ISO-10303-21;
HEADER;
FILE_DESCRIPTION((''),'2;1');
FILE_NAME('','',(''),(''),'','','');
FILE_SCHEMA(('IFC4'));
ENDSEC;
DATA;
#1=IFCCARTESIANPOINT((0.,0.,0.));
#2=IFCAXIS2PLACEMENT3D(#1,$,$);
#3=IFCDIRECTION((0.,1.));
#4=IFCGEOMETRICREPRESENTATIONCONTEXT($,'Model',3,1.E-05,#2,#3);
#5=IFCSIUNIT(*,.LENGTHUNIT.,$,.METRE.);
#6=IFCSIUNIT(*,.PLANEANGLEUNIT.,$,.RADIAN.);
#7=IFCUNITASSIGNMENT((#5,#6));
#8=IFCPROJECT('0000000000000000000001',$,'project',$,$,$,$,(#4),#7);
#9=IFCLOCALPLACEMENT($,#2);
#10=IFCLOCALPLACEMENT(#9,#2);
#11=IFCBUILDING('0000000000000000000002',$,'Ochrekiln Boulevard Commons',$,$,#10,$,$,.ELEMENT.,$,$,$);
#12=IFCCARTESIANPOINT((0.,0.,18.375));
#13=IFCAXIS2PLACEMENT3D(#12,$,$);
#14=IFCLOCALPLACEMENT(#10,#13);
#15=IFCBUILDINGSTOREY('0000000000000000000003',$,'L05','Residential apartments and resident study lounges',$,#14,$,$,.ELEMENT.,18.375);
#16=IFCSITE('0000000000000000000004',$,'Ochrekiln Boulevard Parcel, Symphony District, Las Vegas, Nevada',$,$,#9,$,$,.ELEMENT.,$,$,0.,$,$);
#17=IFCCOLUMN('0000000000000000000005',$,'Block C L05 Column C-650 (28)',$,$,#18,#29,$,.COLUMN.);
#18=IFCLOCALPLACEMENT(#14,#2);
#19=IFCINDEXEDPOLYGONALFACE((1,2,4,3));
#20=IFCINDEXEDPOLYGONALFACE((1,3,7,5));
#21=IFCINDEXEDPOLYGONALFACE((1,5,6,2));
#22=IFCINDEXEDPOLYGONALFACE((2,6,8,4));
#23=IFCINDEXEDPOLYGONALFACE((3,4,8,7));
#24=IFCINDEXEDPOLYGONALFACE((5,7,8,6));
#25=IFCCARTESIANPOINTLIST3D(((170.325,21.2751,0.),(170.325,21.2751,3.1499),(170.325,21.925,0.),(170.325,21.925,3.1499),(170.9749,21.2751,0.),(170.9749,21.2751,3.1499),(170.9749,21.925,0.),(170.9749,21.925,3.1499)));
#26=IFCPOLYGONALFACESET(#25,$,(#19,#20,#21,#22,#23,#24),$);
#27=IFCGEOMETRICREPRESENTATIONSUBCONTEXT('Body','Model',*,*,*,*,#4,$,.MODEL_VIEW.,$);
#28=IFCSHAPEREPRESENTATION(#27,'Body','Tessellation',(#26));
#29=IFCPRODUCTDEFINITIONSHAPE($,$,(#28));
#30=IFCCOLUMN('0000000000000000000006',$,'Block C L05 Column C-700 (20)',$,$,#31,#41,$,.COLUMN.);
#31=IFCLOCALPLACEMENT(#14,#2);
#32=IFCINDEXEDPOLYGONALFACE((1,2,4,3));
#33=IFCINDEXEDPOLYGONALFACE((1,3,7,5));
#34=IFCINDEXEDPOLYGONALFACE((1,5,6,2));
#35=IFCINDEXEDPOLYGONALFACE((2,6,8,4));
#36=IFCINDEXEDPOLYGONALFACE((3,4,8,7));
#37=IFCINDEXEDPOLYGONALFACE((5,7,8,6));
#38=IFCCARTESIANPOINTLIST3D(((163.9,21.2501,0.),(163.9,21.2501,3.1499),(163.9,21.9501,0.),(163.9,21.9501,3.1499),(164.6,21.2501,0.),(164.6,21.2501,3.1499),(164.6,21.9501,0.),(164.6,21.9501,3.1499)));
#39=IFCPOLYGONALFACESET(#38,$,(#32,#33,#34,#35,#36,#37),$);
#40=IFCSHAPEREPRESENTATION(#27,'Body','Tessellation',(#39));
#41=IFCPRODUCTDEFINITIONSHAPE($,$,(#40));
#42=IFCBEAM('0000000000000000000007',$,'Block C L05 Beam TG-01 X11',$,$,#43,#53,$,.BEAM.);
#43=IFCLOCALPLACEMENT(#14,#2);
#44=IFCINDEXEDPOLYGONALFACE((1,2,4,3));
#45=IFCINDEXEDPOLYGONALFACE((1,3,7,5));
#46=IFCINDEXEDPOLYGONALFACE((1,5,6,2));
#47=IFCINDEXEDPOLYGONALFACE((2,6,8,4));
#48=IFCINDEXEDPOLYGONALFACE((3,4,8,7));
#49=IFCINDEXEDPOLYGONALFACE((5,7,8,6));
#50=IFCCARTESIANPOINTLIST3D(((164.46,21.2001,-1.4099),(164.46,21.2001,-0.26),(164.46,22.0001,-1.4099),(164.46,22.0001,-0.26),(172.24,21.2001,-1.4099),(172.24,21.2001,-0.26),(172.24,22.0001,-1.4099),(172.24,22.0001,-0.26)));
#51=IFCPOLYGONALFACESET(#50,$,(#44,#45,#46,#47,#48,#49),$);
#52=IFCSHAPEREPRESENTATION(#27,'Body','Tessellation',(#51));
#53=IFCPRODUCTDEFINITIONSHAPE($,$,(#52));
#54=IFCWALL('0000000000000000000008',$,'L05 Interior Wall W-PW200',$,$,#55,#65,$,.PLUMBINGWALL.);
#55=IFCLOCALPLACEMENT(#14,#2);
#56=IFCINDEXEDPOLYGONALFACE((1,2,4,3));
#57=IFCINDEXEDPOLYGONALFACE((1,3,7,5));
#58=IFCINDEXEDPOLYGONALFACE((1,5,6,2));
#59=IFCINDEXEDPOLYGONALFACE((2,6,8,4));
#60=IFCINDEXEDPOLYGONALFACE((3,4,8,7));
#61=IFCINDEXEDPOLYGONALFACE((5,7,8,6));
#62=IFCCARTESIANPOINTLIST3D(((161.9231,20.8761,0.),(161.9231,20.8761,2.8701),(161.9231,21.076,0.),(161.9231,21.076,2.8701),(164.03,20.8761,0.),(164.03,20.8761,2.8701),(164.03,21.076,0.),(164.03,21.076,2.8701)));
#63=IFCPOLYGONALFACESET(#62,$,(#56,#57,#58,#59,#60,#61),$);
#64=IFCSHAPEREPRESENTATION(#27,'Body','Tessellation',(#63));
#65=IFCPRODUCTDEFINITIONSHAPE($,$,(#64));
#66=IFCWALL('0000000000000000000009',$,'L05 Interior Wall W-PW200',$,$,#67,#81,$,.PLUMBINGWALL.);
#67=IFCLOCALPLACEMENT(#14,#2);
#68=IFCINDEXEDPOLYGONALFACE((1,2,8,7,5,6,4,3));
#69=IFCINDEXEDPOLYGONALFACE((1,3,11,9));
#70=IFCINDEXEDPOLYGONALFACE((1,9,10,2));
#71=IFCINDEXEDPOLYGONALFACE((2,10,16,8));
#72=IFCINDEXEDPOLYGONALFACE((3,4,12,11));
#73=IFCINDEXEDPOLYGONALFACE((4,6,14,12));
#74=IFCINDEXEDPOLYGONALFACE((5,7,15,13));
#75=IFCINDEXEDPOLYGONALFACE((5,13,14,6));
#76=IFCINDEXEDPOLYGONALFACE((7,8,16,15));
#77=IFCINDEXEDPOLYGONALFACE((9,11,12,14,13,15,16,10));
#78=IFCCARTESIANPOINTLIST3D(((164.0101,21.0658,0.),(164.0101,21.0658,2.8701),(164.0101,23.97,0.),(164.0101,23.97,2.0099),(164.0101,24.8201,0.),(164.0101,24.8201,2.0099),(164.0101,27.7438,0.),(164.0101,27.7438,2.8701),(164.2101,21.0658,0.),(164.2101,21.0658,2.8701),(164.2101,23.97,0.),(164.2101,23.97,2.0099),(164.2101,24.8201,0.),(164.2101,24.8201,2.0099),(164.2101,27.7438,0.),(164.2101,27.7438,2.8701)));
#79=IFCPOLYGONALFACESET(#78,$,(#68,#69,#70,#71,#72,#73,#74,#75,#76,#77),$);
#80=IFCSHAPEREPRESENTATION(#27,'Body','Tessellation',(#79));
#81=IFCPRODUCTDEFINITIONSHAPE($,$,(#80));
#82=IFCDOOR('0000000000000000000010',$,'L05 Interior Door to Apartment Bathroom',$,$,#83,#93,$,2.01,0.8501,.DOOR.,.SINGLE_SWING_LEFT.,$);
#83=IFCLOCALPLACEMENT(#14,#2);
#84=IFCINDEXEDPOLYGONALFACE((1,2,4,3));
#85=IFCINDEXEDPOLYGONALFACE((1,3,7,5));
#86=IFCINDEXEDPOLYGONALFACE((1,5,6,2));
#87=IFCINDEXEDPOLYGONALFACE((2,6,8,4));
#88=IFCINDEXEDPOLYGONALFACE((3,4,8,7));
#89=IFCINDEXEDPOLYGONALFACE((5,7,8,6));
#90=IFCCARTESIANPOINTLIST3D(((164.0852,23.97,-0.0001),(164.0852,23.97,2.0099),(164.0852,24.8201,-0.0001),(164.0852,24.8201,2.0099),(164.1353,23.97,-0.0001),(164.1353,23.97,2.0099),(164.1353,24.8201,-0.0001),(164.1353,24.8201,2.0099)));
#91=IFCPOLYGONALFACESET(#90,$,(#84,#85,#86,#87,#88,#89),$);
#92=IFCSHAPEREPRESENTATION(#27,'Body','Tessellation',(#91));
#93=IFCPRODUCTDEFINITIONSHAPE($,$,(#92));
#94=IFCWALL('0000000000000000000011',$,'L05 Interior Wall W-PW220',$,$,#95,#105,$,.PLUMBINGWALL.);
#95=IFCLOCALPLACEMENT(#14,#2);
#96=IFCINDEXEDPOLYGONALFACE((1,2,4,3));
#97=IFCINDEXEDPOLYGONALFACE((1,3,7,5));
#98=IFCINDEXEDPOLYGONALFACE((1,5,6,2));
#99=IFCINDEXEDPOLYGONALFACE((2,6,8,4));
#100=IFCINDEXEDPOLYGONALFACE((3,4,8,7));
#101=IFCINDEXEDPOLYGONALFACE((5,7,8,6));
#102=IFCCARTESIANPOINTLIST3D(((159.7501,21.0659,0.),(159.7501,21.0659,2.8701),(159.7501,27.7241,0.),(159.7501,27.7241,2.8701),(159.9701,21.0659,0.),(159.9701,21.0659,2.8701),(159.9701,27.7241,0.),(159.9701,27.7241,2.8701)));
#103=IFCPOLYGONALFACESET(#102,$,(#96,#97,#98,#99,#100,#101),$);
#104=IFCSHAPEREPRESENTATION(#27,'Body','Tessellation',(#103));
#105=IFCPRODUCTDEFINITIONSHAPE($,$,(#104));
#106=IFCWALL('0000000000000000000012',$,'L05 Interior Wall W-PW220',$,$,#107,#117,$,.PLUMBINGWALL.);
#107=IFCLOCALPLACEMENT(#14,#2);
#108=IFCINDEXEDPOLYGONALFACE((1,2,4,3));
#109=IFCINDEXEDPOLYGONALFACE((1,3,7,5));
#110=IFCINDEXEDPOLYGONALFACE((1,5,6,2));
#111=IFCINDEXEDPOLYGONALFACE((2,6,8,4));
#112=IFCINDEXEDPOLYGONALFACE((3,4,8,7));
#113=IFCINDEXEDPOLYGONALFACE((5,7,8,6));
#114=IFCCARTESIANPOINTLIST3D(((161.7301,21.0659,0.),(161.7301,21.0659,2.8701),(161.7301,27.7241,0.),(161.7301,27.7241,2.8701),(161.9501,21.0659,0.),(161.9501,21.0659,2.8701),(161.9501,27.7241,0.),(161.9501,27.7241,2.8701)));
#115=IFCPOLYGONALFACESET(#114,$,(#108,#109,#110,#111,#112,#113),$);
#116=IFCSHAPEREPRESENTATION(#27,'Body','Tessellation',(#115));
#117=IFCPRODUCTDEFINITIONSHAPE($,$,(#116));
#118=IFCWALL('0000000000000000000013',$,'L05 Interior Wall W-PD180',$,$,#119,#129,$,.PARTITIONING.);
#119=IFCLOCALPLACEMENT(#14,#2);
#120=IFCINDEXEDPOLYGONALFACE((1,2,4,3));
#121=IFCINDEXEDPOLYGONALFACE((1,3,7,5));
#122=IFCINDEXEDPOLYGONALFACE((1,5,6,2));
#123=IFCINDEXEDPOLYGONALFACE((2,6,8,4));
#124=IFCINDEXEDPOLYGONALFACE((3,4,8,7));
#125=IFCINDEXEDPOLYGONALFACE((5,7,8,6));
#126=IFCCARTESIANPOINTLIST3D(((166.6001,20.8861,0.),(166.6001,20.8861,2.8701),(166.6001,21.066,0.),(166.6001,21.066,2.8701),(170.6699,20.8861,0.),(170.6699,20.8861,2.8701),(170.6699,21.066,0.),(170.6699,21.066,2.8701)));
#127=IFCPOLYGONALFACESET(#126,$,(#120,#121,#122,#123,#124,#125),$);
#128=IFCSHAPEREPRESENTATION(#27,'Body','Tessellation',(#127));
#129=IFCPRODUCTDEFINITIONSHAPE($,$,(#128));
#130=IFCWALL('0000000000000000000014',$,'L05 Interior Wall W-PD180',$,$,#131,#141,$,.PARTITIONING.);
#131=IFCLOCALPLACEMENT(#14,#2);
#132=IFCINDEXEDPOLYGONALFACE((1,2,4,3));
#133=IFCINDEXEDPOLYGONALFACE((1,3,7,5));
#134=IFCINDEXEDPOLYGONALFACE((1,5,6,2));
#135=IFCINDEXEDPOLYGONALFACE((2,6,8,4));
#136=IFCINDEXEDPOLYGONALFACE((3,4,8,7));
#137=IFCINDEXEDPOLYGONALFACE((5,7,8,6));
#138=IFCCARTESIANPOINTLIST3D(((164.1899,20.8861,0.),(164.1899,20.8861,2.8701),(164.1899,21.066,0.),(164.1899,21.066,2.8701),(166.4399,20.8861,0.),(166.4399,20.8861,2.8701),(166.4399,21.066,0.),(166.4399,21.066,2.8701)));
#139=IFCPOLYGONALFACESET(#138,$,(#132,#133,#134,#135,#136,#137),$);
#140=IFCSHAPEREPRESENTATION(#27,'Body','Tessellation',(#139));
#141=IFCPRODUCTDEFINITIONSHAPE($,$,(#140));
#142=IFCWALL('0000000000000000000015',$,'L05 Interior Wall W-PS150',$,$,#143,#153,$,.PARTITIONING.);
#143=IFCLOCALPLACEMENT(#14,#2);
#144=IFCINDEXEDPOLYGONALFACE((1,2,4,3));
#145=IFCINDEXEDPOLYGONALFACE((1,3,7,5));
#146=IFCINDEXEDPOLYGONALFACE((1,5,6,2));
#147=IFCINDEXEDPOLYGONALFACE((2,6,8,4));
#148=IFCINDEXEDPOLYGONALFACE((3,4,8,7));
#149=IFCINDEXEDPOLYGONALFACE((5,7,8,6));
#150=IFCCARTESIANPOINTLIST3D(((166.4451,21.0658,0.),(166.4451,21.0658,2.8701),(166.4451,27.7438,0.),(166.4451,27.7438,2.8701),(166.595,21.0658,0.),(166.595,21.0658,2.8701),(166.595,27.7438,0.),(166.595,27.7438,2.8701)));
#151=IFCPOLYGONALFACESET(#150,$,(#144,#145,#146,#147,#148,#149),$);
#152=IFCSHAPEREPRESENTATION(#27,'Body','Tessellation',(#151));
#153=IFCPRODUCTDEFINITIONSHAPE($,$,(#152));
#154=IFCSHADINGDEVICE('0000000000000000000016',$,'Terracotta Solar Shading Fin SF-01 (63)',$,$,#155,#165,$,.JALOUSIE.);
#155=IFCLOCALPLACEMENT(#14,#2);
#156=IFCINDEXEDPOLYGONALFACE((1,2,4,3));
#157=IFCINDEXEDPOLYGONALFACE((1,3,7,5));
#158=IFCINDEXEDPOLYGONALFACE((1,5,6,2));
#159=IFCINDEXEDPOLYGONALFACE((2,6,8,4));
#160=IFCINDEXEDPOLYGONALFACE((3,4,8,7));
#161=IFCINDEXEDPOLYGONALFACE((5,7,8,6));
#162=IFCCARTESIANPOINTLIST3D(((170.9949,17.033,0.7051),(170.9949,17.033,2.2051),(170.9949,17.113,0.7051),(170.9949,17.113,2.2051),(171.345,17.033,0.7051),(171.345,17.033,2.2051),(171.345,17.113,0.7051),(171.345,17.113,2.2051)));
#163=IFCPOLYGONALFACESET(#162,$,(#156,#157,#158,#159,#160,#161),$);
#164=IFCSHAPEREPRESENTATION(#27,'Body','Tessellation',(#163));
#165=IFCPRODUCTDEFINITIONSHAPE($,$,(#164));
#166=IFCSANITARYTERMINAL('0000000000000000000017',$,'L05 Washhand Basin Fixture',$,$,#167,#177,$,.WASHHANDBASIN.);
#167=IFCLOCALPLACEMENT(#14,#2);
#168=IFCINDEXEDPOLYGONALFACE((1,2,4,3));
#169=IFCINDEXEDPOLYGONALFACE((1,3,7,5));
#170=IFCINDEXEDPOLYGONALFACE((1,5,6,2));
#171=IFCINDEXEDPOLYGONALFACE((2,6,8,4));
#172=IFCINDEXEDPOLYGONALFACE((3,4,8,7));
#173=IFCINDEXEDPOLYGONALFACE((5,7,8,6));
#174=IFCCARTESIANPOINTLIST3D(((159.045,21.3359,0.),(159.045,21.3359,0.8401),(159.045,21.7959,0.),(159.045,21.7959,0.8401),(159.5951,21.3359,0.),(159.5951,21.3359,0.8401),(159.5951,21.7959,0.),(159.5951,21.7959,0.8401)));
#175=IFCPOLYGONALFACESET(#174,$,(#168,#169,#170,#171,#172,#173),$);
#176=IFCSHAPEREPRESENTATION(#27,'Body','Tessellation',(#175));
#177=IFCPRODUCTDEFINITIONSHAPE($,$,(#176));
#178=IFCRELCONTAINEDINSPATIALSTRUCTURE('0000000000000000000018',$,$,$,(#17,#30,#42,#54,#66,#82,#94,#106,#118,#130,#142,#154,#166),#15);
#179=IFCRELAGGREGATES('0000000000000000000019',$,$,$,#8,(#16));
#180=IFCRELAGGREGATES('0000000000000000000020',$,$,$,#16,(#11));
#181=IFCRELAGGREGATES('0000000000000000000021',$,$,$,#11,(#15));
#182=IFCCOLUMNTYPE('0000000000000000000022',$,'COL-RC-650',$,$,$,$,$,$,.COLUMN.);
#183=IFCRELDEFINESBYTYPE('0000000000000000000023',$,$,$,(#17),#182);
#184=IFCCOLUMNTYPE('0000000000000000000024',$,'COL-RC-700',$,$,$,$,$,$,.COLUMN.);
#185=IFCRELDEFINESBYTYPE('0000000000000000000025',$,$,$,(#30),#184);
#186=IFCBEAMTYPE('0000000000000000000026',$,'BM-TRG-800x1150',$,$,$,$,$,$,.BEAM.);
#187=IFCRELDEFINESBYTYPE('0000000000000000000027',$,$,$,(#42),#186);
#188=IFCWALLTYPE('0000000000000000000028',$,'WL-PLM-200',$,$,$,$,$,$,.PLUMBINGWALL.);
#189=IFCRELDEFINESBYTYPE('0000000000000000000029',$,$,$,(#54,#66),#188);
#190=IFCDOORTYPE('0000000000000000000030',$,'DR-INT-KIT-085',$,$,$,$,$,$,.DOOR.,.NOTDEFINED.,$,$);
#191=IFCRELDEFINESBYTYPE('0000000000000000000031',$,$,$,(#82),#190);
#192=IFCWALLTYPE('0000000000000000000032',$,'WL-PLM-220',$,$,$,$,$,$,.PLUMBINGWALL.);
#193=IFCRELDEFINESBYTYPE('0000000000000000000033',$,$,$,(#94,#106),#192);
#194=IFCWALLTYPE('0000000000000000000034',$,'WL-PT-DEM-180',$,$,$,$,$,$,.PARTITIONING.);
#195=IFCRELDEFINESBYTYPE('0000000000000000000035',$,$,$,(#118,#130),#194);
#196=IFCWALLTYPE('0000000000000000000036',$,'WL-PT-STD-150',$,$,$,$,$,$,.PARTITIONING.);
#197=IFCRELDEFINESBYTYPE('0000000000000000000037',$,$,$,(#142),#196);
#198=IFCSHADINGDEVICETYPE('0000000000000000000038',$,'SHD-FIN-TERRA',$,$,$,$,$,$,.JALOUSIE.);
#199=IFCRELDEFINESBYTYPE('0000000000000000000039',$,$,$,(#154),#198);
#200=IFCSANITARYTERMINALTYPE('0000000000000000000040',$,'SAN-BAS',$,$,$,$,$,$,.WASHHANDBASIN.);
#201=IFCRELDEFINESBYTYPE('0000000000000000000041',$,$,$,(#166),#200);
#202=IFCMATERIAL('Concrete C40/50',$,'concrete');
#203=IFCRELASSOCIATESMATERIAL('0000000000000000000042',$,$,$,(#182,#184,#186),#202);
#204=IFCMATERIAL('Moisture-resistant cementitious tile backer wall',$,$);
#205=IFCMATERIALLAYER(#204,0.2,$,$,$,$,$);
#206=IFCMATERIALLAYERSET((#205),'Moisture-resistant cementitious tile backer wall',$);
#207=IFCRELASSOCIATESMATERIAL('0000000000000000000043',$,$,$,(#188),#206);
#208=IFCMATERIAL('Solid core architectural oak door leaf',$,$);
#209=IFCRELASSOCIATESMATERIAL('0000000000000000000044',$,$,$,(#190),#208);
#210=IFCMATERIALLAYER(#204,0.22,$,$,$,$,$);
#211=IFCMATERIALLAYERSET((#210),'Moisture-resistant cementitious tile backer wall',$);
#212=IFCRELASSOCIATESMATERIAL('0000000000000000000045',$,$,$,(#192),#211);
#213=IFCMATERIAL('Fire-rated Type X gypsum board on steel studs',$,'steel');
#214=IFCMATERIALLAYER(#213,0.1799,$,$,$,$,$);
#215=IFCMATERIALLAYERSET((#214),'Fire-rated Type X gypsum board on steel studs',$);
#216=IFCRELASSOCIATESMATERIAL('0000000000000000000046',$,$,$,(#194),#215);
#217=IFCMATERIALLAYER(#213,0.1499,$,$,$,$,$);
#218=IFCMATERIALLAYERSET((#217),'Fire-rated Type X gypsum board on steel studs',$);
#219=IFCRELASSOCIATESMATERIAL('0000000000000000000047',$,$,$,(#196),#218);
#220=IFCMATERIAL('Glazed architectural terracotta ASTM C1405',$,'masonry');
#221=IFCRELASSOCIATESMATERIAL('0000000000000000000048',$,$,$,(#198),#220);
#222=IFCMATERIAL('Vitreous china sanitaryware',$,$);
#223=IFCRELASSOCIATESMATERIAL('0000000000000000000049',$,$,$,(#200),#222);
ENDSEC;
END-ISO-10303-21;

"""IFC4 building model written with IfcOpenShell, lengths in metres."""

from ifc_helpers import new_model, si_unit, direction, frame, frame_2d, origin, origin_2d, place, context, subcontext, project, spatial, rectangle, extrude, material, layer, layer_set, material_profile, profile_set, type_object, element, fill, save


model = new_model("IFC4")

# Units and contexts
model_context = context("Model", 3, precision=1e-05, world=origin(), true_north=direction((0.0, 1.0)))
body_context = subcontext(model_context, "Body", "Model", "MODEL_VIEW")
ifc_project = project(units=[si_unit("LENGTHUNIT", "METRE"), si_unit("PLANEANGLEUNIT", "RADIAN")], contexts=[model_context])

# Site, building, storey
site_placement = place(None, origin())
site = spatial("IfcSite", under=ifc_project, at=site_placement, Name="Ochrekiln Boulevard Parcel, Symphony District, Las Vegas, Nevada", CompositionType="ELEMENT", RefElevation=0.0)
building_placement = place(site_placement, origin())
building = spatial("IfcBuilding", under=site, at=building_placement, Name="Ochrekiln Boulevard Commons", CompositionType="ELEMENT")
storey_placement = place(building_placement, frame((0.0, 0.0, 18.375)))
storey = spatial("IfcBuildingStorey", under=building, at=storey_placement, Name="L05", Description="Residential apartments and resident study lounges", CompositionType="ELEMENT", Elevation=18.375)

# Columns
ifc_material_1 = material(Name="Concrete C40/50", Category="concrete")
ifc_material_profile_1 = material_profile(ifc_material_1, rectangle(XDim=0.6499, YDim=0.6499, at=origin_2d()), Name="RC-COL-650x650")
ifc_profile_set_1 = profile_set([ifc_material_profile_1], Name="Concrete C40/50")
column_type_1 = type_object("IfcColumnType", Name="COL-RC-650", PredefinedType="COLUMN", material=ifc_profile_set_1)
column_1_placement = place(storey_placement, frame((170.6499, 21.6001, 0.0), z_axis=(0.0, 0.0, 1.0), x_axis=(1.0, 0.0, 0.0)))
element("IfcColumn", 1, at=column_1_placement, inside=storey, type_object=column_type_1, Name="Block C L05 Column C-650 (28)", PredefinedType="COLUMN", context=body_context, shape_type="SweptSolid", body=[
    extrude(rectangle(XDim=0.6499, YDim=0.6499, at=origin_2d()), origin(), (0.0, 0.0, 1.0), 3.1499),
])
ifc_material_profile_2 = material_profile(ifc_material_1, rectangle(XDim=0.7, YDim=0.7, at=origin_2d()), Name="RC-COL-700x700")
ifc_profile_set_2 = profile_set([ifc_material_profile_2], Name="Concrete C40/50")
column_type_2 = type_object("IfcColumnType", Name="COL-RC-700", PredefinedType="COLUMN", material=ifc_profile_set_2)
column_2_placement = place(storey_placement, frame((164.25, 21.6001, 0.0), z_axis=(0.0, 0.0, 1.0), x_axis=(1.0, 0.0, 0.0)))
element("IfcColumn", 2, at=column_2_placement, inside=storey, type_object=column_type_2, Name="Block C L05 Column C-700 (20)", PredefinedType="COLUMN", context=body_context, shape_type="SweptSolid", body=[
    extrude(rectangle(XDim=0.7, YDim=0.7, at=origin_2d()), origin(), (0.0, 0.0, 1.0), 3.1499),
])

# Beam
ifc_material_profile_3 = material_profile(ifc_material_1, rectangle(XDim=0.8, YDim=1.1499, at=origin_2d()), Name="RC-TRG-800x1150")
ifc_profile_set_3 = profile_set([ifc_material_profile_3], Name="Concrete C40/50")
beam_type = type_object("IfcBeamType", Name="BM-TRG-800x1150", PredefinedType="BEAM", material=ifc_profile_set_3)
beam_placement = place(storey_placement, frame((164.46, 21.6001, -0.835), z_axis=(1.0, 0.0, 0.0), x_axis=(0.0, 1.0, 0.0)))
element("IfcBeam", 3, at=beam_placement, inside=storey, type_object=beam_type, Name="Block C L05 Beam TG-01 X11", PredefinedType="BEAM", context=body_context, shape_type="SweptSolid", body=[
    extrude(rectangle(XDim=0.8, YDim=1.1499, at=origin_2d()), origin(), (0.0, 0.0, 1.0), 7.78),
])

# Wall
ifc_material_2 = material(Name="Moisture-resistant cementitious tile backer wall")
ifc_layer_1 = layer(ifc_material_2, 0.2)
ifc_layer_set_1 = layer_set([ifc_layer_1], Name="Moisture-resistant cementitious tile backer wall")
wall_type_1 = type_object("IfcWallType", Name="WL-PLM-200", PredefinedType="PLUMBINGWALL", material=ifc_layer_set_1)
wall_1_placement = place(storey_placement, frame((161.9231, 20.9761, 0.0), z_axis=(0.0, 0.0, 1.0), x_axis=(1.0, 0.0, 0.0)))
element("IfcWall", 4, at=wall_1_placement, inside=storey, type_object=wall_type_1, Name="L05 Interior Wall W-PW200", PredefinedType="PLUMBINGWALL", context=body_context, shape_type="SweptSolid", body=[
    extrude(rectangle(XDim=2.1069, YDim=0.2, at=frame_2d((1.0535, 0.0))), origin(), (0.0, 0.0, 1.0), 2.8701),
])

# Wall, opening, door
wall_2_placement = place(storey_placement, frame((164.1101, 21.0659, 0.0), z_axis=(0.0, 0.0, 1.0), x_axis=(0.0, 1.0, 0.0)))
wall_2 = element("IfcWall", 5, at=wall_2_placement, inside=storey, type_object=wall_type_1, Name="L05 Interior Wall W-PW200", PredefinedType="PLUMBINGWALL", context=body_context, shape_type="SweptSolid", body=[
    extrude(rectangle(XDim=6.678, YDim=0.2, at=frame_2d((3.3389, 0.0))), origin(), (0.0, 0.0, 1.0), 2.8701),
])
opening_placement = place(wall_2_placement, frame((2.9041, 0.0, 0.0)))
opening = element("IfcOpeningElement", 6, at=opening_placement, cuts=wall_2, PredefinedType="OPENING", context=body_context, shape_type="SweptSolid", body=[
    extrude(rectangle(XDim=0.8501, YDim=2.01, at=frame_2d((0.425, 1.0049))), frame((0.0, 0.1099, 0.0), z_axis=(0.0, -1.0, 0.0), x_axis=(1.0, 0.0, 0.0)), (0.0, 0.0, 1.0), 0.22),
])
ifc_material_3 = material(Name="Solid core architectural oak door leaf")
door_type = type_object("IfcDoorType", Name="DR-INT-KIT-085", OperationType="NOTDEFINED", PredefinedType="DOOR", material=ifc_material_3)
door_placement = place(opening_placement, origin())
door = element("IfcDoor", 7, at=door_placement, inside=storey, type_object=door_type, Name="L05 Interior Door to Apartment Bathroom", OperationType="SINGLE_SWING_LEFT", OverallHeight=2.01, OverallWidth=0.8501, PredefinedType="DOOR", context=body_context, shape_type="SweptSolid", body=[
    extrude(rectangle(XDim=0.8501, YDim=2.01, at=frame_2d((0.425, 1.0049))), frame((0.0, 0.0249, 0.0), z_axis=(0.0, -1.0, 0.0), x_axis=(1.0, 0.0, 0.0)), (0.0, 0.0, 1.0), 0.05),
])
fill(opening, door)

# Walls
ifc_layer_2 = layer(ifc_material_2, 0.22)
ifc_layer_set_2 = layer_set([ifc_layer_2], Name="Moisture-resistant cementitious tile backer wall")
wall_type_2 = type_object("IfcWallType", Name="WL-PLM-220", PredefinedType="PLUMBINGWALL", material=ifc_layer_set_2)
for number, where, z_axis, x_axis, name in (
    (8, (159.8601, 21.0659, 0.0), (0.0, 0.0, 1.0), (0.0, 1.0, 0.0), "L05 Interior Wall W-PW220"),
    (9, (161.8401, 21.0659, 0.0), (0.0, 0.0, 1.0), (0.0, 1.0, 0.0), "L05 Interior Wall W-PW220"),
):
    element("IfcWall", number, at=place(storey_placement, frame(where, z_axis=z_axis, x_axis=x_axis)), inside=storey, type_object=wall_type_2, Name=name, PredefinedType="PLUMBINGWALL", context=body_context, shape_type="SweptSolid", body=[
        extrude(rectangle(XDim=6.6582, YDim=0.22, at=frame_2d((3.3291, 0.0))), origin(), (0.0, 0.0, 1.0), 2.8701),
    ])
ifc_material_4 = material(Name="Fire-rated Type X gypsum board on steel studs", Category="steel")
ifc_layer_3 = layer(ifc_material_4, 0.1799)
ifc_layer_set_3 = layer_set([ifc_layer_3], Name="Fire-rated Type X gypsum board on steel studs")
wall_type_3 = type_object("IfcWallType", Name="WL-PT-DEM-180", PredefinedType="PARTITIONING", material=ifc_layer_set_3)
wall_3_placement = place(storey_placement, frame((166.6001, 20.9761, 0.0), z_axis=(0.0, 0.0, 1.0), x_axis=(1.0, 0.0, 0.0)))
element("IfcWall", 10, at=wall_3_placement, inside=storey, type_object=wall_type_3, Name="L05 Interior Wall W-PD180", PredefinedType="PARTITIONING", context=body_context, shape_type="SweptSolid", body=[
    extrude(rectangle(XDim=4.0698, YDim=0.1799, at=frame_2d((2.0349, 0.0))), origin(), (0.0, 0.0, 1.0), 2.8701),
])
wall_4_placement = place(storey_placement, frame((164.1899, 20.9761, 0.0), z_axis=(0.0, 0.0, 1.0), x_axis=(1.0, 0.0, 0.0)))
element("IfcWall", 11, at=wall_4_placement, inside=storey, type_object=wall_type_3, Name="L05 Interior Wall W-PD180", PredefinedType="PARTITIONING", context=body_context, shape_type="SweptSolid", body=[
    extrude(rectangle(XDim=2.25, YDim=0.1799, at=frame_2d((1.125, 0.0))), origin(), (0.0, 0.0, 1.0), 2.8701),
])
ifc_layer_4 = layer(ifc_material_4, 0.1499)
ifc_layer_set_4 = layer_set([ifc_layer_4], Name="Fire-rated Type X gypsum board on steel studs")
wall_type_4 = type_object("IfcWallType", Name="WL-PT-STD-150", PredefinedType="PARTITIONING", material=ifc_layer_set_4)
wall_5_placement = place(storey_placement, frame((166.52, 21.0659, 0.0), z_axis=(0.0, 0.0, 1.0), x_axis=(0.0, 1.0, 0.0)))
element("IfcWall", 12, at=wall_5_placement, inside=storey, type_object=wall_type_4, Name="L05 Interior Wall W-PS150", PredefinedType="PARTITIONING", context=body_context, shape_type="SweptSolid", body=[
    extrude(rectangle(XDim=6.678, YDim=0.1499, at=frame_2d((3.3389, 0.0))), origin(), (0.0, 0.0, 1.0), 2.8701),
])

# Shading device
ifc_material_5 = material(Name="Glazed architectural terracotta ASTM C1405", Category="masonry")
shading_device_type = type_object("IfcShadingDeviceType", Name="SHD-FIN-TERRA", PredefinedType="JALOUSIE", material=ifc_material_5)
shading_device_placement = place(storey_placement, frame((171.1699, 17.073, 0.7051), z_axis=(0.0, 0.0, 1.0), x_axis=(1.0, 0.0, 0.0)))
element("IfcShadingDevice", 13, at=shading_device_placement, inside=storey, type_object=shading_device_type, Name="Terracotta Solar Shading Fin SF-01 (63)", PredefinedType="JALOUSIE", context=body_context, shape_type="SweptSolid", body=[
    extrude(rectangle(XDim=0.3501, YDim=0.0801, at=origin_2d()), origin(), (0.0, 0.0, 1.0), 1.5),
])

# Sanitary terminal
ifc_material_6 = material(Name="Vitreous china sanitaryware")
sanitary_terminal_type_1 = type_object("IfcSanitaryTerminalType", Name="SAN-BAS", PredefinedType="WASHHANDBASIN", material=ifc_material_6)
for number, where, z_axis, x_axis, name in (
    (14, (159.3201, 21.5659, 0.0), (0.0, 0.0, 1.0), (1.0, 0.0, 0.0), "L05 Washhand Basin Fixture"),
):
    element("IfcSanitaryTerminal", number, at=place(storey_placement, frame(where, z_axis=z_axis, x_axis=x_axis)), inside=storey, type_object=sanitary_terminal_type_1, Name=name, PredefinedType="WASHHANDBASIN", context=body_context, shape_type="SweptSolid", body=[
        extrude(rectangle(XDim=0.55, YDim=0.46, at=origin_2d()), origin(), (0.0, 0.0, 1.0), 0.8401),
    ])

save(model, "model.ifc")
